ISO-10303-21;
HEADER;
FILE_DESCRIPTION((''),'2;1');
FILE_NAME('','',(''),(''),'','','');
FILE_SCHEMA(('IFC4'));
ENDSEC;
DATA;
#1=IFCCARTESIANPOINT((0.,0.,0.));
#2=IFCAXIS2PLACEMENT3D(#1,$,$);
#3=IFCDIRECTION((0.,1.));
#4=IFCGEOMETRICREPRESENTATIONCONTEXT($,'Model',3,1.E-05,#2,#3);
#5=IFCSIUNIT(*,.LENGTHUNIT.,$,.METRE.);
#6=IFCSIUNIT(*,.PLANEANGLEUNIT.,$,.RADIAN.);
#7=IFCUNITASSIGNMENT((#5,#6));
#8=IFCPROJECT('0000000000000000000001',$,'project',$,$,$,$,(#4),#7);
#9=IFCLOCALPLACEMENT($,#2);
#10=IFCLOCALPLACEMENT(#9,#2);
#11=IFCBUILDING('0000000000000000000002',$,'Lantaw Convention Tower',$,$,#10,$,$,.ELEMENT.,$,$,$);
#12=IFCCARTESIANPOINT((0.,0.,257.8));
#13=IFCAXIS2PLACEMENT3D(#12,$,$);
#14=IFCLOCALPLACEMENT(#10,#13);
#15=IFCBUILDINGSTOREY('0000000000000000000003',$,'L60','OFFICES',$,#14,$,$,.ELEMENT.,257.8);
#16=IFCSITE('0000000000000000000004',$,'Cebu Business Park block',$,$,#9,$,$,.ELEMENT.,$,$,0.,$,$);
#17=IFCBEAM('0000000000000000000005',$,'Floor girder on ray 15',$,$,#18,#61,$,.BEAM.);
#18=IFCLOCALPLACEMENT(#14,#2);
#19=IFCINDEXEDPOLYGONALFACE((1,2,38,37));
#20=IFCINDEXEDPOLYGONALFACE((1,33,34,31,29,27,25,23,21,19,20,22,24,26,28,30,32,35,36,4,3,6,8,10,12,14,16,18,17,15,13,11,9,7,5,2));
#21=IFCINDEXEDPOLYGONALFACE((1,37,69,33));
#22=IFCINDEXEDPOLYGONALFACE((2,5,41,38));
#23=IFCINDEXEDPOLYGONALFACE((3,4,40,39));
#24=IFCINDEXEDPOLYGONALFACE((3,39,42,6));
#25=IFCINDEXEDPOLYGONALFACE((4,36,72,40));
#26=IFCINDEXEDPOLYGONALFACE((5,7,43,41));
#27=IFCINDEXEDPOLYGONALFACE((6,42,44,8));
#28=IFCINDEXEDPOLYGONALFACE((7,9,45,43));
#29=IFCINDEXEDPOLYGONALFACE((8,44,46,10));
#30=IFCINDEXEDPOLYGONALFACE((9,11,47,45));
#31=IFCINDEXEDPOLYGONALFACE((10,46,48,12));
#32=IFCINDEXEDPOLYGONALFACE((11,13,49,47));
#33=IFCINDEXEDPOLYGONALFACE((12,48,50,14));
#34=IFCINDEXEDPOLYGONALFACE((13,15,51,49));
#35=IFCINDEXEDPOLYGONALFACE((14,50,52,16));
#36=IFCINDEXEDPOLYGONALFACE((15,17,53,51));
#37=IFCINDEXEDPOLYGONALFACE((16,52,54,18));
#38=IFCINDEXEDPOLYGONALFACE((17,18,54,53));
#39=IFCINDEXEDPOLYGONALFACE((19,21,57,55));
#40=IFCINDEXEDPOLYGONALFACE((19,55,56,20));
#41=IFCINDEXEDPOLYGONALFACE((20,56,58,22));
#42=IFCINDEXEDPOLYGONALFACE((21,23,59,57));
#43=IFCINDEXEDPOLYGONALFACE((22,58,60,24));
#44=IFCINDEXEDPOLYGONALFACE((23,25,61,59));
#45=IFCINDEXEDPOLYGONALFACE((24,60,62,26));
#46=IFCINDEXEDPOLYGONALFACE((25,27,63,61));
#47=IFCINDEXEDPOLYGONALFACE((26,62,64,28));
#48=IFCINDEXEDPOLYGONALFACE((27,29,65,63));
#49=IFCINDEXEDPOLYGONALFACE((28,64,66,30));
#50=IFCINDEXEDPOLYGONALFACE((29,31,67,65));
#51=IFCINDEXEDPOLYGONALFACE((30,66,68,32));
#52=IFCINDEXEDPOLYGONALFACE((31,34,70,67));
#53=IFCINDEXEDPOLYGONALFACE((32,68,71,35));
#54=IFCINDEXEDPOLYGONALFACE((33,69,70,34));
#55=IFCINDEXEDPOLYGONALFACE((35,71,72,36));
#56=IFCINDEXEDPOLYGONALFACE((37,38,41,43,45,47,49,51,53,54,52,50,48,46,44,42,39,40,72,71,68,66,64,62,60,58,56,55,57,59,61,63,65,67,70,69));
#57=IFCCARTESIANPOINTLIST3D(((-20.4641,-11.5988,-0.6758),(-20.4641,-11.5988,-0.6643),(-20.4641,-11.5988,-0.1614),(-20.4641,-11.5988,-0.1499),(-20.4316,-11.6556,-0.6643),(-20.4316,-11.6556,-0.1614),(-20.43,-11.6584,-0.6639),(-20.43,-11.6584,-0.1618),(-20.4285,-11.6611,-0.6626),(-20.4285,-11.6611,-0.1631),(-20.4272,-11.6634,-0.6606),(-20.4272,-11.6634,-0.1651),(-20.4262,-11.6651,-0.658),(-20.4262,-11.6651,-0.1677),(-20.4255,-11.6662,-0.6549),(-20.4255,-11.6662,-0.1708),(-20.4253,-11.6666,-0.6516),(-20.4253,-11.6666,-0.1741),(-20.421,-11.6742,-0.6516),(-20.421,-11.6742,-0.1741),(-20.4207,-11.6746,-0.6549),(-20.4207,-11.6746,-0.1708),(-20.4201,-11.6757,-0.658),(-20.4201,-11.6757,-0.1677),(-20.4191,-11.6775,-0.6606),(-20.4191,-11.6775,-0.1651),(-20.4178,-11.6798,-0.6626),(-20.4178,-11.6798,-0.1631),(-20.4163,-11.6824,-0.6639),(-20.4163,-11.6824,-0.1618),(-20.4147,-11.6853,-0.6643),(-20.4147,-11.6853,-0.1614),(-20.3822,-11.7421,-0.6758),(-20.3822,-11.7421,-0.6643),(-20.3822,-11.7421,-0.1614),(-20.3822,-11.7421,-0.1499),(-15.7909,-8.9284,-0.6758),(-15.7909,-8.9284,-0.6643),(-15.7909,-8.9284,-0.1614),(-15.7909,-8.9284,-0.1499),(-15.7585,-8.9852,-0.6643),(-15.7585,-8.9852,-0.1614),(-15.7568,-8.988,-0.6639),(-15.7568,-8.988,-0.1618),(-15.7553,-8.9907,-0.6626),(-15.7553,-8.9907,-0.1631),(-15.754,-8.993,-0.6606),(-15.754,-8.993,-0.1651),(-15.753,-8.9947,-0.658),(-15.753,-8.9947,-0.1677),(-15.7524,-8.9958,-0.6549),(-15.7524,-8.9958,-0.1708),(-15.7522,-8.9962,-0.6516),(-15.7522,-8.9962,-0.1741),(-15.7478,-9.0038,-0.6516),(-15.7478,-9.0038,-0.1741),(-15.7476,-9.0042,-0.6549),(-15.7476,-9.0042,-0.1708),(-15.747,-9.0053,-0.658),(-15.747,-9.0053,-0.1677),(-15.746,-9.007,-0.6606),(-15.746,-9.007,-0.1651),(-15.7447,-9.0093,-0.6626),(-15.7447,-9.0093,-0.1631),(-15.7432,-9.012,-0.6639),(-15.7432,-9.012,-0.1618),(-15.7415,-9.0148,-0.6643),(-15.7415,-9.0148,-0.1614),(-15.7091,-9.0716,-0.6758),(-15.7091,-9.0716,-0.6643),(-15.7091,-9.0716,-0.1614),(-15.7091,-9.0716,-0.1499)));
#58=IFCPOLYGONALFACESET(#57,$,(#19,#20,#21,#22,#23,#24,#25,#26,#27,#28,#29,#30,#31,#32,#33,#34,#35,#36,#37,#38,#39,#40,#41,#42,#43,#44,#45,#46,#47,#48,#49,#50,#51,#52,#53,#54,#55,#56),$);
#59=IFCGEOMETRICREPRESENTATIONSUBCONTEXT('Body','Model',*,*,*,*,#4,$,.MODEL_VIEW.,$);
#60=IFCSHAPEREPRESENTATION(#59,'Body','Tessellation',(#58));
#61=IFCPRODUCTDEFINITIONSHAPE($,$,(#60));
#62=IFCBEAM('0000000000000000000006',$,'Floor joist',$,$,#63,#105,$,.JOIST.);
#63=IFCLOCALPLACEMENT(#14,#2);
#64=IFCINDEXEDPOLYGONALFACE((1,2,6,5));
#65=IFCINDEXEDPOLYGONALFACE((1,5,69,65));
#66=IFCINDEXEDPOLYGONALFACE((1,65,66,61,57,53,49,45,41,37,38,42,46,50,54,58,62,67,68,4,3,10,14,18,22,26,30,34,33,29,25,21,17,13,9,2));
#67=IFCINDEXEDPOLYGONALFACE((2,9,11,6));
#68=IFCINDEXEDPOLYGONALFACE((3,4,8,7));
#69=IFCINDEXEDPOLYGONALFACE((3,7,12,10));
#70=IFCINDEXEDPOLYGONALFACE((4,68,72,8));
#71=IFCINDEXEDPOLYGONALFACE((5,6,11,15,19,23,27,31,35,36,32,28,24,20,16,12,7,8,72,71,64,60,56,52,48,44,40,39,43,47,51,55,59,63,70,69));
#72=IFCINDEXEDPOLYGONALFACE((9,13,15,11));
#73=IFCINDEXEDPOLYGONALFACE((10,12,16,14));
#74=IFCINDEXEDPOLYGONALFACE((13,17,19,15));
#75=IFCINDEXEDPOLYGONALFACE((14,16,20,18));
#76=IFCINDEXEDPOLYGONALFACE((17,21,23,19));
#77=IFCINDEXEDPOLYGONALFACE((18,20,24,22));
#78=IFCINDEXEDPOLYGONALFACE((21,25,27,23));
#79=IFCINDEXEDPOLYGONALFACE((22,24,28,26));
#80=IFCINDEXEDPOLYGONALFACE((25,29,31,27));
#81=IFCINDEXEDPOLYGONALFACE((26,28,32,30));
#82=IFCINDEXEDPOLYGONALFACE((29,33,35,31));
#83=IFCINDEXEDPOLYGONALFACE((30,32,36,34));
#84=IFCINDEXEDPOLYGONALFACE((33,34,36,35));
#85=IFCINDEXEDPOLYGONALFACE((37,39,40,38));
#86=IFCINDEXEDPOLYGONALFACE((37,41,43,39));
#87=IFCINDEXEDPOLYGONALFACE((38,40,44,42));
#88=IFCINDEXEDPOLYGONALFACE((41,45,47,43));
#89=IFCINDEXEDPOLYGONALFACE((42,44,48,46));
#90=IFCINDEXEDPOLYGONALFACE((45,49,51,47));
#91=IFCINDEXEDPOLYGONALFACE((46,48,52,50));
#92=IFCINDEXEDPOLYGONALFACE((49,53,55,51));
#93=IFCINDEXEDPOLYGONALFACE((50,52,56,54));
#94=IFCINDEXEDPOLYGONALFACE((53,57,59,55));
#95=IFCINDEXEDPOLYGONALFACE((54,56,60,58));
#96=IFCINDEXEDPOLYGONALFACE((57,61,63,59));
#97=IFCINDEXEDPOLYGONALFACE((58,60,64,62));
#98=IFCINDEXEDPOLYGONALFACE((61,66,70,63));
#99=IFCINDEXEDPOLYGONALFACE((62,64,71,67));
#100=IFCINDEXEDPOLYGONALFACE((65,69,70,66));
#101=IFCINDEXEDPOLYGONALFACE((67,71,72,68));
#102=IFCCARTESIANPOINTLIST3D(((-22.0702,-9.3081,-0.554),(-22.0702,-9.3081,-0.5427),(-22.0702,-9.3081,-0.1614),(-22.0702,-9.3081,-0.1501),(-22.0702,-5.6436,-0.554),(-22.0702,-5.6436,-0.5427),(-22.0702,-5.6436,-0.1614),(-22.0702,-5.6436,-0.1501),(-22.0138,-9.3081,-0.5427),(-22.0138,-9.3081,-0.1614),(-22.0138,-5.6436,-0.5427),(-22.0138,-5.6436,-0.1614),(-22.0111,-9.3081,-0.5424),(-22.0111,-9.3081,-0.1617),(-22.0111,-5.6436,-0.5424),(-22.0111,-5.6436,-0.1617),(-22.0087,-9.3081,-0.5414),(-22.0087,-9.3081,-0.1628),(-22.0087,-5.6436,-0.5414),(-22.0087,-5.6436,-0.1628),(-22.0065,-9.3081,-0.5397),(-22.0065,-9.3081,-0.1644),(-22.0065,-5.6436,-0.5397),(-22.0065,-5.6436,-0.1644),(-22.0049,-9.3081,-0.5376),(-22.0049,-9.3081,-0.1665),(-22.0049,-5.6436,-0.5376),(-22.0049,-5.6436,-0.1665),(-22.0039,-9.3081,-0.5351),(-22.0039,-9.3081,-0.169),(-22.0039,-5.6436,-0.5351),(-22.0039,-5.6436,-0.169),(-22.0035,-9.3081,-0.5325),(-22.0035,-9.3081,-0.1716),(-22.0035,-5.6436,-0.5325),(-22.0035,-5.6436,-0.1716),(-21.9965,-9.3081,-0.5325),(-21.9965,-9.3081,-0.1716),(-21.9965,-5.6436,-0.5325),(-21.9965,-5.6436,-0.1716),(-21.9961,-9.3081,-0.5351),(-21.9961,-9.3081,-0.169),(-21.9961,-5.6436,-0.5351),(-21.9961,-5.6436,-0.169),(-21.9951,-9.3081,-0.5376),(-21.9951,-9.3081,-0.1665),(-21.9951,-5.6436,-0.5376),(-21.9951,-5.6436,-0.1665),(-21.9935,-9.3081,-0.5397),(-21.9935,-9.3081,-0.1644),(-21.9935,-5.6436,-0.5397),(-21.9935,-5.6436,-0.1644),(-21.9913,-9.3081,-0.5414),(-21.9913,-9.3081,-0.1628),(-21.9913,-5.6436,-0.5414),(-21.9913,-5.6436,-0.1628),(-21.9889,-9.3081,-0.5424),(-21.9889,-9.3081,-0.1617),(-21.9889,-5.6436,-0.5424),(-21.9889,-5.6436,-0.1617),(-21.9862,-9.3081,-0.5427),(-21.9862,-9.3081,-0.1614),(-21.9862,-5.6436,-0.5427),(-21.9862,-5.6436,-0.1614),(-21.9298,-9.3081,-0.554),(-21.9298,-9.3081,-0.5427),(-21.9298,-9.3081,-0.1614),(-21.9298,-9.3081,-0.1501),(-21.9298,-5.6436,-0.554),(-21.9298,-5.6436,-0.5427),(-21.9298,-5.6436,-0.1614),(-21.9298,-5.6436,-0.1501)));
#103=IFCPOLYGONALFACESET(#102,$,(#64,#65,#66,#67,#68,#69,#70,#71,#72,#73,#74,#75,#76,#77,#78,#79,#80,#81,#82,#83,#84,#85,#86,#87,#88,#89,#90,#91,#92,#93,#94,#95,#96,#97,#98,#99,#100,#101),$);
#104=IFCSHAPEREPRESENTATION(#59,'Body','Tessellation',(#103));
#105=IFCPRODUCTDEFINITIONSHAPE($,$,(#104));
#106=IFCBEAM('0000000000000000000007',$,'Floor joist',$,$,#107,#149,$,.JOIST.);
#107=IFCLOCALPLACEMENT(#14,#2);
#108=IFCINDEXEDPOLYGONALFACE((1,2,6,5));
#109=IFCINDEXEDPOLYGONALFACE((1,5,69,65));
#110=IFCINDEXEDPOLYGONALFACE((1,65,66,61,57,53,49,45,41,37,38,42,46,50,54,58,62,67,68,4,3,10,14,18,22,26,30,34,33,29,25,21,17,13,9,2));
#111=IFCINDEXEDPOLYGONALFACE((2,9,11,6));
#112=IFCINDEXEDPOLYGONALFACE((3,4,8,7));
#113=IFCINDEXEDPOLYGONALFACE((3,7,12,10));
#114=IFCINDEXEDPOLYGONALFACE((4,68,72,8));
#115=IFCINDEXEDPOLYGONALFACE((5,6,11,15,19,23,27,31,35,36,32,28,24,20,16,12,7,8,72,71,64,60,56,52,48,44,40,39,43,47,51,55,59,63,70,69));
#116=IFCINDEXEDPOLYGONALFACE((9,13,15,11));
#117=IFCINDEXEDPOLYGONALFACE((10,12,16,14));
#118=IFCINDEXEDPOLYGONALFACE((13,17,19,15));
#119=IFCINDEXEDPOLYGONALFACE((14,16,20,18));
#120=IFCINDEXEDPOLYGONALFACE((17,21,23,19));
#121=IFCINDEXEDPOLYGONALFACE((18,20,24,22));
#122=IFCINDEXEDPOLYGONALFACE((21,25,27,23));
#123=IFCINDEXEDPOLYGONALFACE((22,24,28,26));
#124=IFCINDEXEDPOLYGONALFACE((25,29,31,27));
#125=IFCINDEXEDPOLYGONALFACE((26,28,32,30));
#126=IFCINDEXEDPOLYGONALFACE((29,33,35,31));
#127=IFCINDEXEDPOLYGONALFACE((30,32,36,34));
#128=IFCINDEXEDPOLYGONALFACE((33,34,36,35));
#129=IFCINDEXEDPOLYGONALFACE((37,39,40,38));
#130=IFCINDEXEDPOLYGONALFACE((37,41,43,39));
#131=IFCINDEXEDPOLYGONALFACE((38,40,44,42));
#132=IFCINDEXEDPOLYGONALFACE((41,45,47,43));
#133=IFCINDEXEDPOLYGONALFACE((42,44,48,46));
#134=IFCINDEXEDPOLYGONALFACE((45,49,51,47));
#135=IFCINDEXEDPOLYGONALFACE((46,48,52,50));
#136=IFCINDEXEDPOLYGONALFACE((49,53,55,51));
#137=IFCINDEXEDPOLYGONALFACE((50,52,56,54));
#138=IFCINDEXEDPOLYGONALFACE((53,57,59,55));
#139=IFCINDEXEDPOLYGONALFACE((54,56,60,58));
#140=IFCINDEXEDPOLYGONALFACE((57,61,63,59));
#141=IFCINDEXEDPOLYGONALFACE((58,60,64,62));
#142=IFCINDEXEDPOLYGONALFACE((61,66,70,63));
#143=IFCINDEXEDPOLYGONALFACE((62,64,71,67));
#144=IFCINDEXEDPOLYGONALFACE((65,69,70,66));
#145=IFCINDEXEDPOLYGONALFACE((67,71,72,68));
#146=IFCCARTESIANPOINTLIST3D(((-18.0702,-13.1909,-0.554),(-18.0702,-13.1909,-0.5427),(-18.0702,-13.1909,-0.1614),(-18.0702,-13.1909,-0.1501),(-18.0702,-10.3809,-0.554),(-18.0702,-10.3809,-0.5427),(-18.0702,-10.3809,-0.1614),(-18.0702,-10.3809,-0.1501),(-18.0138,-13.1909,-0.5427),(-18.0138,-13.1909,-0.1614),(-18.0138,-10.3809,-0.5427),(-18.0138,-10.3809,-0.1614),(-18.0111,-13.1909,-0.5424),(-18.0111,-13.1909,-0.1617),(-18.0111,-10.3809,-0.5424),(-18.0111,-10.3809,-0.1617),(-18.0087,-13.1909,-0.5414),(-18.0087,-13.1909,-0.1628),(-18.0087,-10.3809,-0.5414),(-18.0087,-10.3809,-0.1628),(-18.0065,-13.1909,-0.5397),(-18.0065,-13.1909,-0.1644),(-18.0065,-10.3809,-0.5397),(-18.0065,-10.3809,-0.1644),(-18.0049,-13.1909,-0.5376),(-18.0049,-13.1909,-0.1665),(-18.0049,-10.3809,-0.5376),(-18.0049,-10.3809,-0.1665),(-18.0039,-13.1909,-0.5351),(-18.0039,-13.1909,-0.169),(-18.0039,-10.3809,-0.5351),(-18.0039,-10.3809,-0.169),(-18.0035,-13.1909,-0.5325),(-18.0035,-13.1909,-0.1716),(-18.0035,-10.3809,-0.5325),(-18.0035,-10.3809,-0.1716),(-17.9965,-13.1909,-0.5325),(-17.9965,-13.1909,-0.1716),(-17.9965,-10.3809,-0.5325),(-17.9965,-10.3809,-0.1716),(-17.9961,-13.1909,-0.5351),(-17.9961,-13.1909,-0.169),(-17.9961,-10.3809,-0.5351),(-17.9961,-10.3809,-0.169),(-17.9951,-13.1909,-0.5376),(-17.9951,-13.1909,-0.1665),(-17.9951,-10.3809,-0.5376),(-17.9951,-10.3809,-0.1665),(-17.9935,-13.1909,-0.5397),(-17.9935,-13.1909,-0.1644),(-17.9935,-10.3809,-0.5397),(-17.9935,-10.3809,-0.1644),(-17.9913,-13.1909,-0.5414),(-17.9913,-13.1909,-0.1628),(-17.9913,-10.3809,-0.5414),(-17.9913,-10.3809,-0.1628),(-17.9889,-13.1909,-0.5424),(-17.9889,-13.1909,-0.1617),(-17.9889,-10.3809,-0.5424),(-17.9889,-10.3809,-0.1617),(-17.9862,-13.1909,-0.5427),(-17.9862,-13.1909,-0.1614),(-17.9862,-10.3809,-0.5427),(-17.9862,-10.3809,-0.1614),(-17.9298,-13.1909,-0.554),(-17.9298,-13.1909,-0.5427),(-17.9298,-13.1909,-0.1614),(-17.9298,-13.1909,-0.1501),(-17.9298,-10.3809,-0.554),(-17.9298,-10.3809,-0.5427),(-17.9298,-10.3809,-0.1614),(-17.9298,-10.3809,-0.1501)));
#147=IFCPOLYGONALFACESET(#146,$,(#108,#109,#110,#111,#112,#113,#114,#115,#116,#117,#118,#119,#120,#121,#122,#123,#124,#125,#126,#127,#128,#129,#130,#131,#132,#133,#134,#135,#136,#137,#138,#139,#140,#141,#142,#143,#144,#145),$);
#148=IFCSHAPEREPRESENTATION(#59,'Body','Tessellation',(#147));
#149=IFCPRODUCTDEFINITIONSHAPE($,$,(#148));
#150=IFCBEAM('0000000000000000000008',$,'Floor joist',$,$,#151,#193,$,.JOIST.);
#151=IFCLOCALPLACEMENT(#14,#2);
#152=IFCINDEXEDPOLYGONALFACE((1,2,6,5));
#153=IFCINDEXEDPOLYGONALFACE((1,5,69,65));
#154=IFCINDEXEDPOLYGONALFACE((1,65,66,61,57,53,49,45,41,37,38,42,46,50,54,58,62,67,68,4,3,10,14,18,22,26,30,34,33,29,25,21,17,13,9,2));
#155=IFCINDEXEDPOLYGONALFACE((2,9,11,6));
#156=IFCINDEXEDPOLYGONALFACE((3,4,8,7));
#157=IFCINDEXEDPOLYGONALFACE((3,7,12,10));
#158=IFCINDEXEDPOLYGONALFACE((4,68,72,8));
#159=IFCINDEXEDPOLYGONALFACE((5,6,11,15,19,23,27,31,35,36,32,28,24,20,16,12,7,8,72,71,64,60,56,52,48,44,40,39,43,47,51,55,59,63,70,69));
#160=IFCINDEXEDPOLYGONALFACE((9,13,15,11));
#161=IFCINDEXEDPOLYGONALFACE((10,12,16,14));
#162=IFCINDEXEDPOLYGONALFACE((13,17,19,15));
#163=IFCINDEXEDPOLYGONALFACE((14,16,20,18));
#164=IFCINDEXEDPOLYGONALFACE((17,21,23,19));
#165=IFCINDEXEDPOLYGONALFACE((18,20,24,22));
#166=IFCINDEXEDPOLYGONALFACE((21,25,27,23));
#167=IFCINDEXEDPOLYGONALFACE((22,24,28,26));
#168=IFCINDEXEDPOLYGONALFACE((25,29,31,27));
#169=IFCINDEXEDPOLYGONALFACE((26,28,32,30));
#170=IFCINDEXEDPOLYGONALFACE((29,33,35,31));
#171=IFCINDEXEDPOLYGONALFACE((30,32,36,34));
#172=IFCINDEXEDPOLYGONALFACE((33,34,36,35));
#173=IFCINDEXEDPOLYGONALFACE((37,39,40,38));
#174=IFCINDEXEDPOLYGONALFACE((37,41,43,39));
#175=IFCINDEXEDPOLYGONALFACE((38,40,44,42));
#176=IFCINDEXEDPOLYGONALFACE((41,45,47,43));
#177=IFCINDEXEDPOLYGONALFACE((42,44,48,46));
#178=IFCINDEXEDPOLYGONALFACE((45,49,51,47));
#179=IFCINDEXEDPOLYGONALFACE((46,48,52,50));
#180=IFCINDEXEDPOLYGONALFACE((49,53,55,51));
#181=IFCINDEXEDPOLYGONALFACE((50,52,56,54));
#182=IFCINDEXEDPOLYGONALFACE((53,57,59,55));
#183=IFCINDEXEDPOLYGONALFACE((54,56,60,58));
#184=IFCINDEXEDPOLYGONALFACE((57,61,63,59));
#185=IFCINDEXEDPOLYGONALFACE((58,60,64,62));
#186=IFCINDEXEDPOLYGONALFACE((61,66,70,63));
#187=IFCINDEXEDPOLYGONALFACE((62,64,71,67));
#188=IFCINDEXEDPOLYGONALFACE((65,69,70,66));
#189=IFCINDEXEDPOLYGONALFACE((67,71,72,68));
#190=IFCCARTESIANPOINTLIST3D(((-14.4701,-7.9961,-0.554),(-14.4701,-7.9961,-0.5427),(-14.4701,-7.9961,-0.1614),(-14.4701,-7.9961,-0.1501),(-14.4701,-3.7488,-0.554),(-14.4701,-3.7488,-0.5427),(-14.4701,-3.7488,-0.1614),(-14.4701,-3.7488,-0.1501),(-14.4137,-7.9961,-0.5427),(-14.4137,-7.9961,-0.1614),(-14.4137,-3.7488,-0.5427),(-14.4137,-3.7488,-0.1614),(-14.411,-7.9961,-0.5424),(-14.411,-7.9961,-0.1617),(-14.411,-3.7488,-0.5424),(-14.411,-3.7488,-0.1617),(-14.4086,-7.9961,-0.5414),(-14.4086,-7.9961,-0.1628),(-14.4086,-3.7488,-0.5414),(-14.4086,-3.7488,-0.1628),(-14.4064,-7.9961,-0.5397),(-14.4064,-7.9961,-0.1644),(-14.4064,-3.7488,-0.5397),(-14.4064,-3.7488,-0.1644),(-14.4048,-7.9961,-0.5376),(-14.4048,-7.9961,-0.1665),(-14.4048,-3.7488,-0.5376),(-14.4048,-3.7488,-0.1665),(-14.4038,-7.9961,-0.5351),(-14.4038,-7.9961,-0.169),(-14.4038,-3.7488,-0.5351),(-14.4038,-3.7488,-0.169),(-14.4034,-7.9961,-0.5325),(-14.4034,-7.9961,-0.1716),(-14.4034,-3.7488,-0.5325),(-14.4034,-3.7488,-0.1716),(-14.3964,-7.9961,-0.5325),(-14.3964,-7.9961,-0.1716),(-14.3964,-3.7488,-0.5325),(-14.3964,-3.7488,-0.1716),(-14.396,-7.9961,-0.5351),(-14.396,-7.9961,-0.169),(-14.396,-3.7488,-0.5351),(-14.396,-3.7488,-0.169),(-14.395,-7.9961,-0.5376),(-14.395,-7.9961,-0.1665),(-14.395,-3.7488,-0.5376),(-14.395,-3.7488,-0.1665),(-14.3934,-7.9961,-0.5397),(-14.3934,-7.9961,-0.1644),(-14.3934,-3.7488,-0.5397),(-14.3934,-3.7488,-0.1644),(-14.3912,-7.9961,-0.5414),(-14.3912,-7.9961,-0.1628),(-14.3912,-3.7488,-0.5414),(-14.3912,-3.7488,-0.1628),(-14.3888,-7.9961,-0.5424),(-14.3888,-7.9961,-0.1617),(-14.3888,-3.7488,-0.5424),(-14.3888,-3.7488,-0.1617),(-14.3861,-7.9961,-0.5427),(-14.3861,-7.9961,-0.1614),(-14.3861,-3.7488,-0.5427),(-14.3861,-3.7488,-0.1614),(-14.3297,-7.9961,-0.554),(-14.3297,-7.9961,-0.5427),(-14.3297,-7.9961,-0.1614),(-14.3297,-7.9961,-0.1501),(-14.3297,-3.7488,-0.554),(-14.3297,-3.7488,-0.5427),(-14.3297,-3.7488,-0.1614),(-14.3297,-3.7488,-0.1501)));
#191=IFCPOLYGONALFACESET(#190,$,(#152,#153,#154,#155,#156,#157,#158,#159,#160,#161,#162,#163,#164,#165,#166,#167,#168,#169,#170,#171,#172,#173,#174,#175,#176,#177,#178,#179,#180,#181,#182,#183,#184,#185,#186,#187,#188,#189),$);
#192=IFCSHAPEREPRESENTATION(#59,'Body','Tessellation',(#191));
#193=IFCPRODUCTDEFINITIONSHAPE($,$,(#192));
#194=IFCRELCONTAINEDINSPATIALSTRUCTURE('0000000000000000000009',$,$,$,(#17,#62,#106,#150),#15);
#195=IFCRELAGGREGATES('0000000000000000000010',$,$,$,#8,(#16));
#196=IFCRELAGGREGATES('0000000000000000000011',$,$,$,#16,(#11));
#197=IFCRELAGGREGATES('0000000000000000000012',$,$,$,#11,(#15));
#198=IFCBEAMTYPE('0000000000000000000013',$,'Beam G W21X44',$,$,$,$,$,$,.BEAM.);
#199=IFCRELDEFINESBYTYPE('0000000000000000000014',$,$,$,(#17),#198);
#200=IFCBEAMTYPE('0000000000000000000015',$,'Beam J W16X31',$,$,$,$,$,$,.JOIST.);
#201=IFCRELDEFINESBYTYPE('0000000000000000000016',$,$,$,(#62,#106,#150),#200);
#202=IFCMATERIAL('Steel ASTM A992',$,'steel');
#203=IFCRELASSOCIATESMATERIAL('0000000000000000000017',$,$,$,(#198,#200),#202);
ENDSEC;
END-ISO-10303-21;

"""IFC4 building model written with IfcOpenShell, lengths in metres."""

from ifc_helpers import new_model, si_unit, direction, frame, origin, origin_2d, place, context, subcontext, project, spatial, i_section, extrude, material, material_profile, profile_set, type_object, element, save


model = new_model("IFC4")

# Units and contexts
model_context = context("Model", 3, precision=1e-05, world=origin(), true_north=direction((0.0, 1.0)))
body_context = subcontext(model_context, "Body", "Model", "MODEL_VIEW")
ifc_project = project(units=[si_unit("LENGTHUNIT", "METRE"), si_unit("PLANEANGLEUNIT", "RADIAN")], contexts=[model_context])

# Site, building, storey
site_placement = place(None, origin())
site = spatial("IfcSite", under=ifc_project, at=site_placement, Name="Cebu Business Park block", CompositionType="ELEMENT", RefElevation=0.0)
building_placement = place(site_placement, origin())
building = spatial("IfcBuilding", under=site, at=building_placement, Name="Lantaw Convention Tower", CompositionType="ELEMENT")
storey_placement = place(building_placement, frame((0.0, 0.0, 257.8)))
storey = spatial("IfcBuildingStorey", under=building, at=storey_placement, Name="L60", Description="OFFICES", CompositionType="ELEMENT", Elevation=257.8)

# Beams
ifc_material_1 = material(Name="Steel ASTM A992", Category="steel")
ifc_material_profile_1 = material_profile(ifc_material_1, i_section(OverallWidth=0.165, OverallDepth=0.5259, WebThickness=0.0088, FlangeThickness=0.0115, FilletRadius=0.0127, at=origin_2d()), Name="W21X44")
ifc_profile_set_1 = profile_set([ifc_material_profile_1], Name="Steel ASTM A992")
beam_type_1 = type_object("IfcBeamType", Name="Beam G W21X44", PredefinedType="BEAM", material=ifc_profile_set_1)
beam_1_placement = place(storey_placement, frame((-15.75, -9.0, -0.4128), z_axis=(-0.868238, -0.496149, 0.0), x_axis=(0.496149, -0.868238, 0.0)))
element("IfcBeam", 1, at=beam_1_placement, inside=storey, type_object=beam_type_1, Name="Floor girder on ray 15", PredefinedType="BEAM", context=body_context, shape_type="SweptSolid", body=[
    extrude(i_section(OverallWidth=0.165, OverallDepth=0.5259, WebThickness=0.0088, FlangeThickness=0.0115, FilletRadius=0.0127, at=origin_2d()), origin(), (0.0, 0.0, 1.0), 5.3823),
])
ifc_material_profile_2 = material_profile(ifc_material_1, i_section(OverallWidth=0.1404, OverallDepth=0.4038, WebThickness=0.0071, FlangeThickness=0.0112, FilletRadius=0.0103, at=origin_2d()), Name="W16X31")
ifc_profile_set_2 = profile_set([ifc_material_profile_2], Name="Steel ASTM A992")
beam_type_2 = type_object("IfcBeamType", Name="Beam J W16X31", PredefinedType="JOIST", material=ifc_profile_set_2)
beam_2_placement = place(storey_placement, frame((-22.0, -9.3081, -0.3521), z_axis=(0.0, 1.0, 0.0), x_axis=(-1.0, 0.0, 0.0)))
element("IfcBeam", 2, at=beam_2_placement, inside=storey, type_object=beam_type_2, Name="Floor joist", PredefinedType="JOIST", context=body_context, shape_type="SweptSolid", body=[
    extrude(i_section(OverallWidth=0.1404, OverallDepth=0.4038, WebThickness=0.0071, FlangeThickness=0.0112, FilletRadius=0.0103, at=origin_2d()), origin(), (0.0, 0.0, 1.0), 3.6646),
])
beam_3_placement = place(storey_placement, frame((-18.0, -13.1909, -0.3521), z_axis=(0.0, 1.0, 0.0), x_axis=(-1.0, 0.0, 0.0)))
element("IfcBeam", 3, at=beam_3_placement, inside=storey, type_object=beam_type_2, Name="Floor joist", PredefinedType="JOIST", context=body_context, shape_type="SweptSolid", body=[
    extrude(i_section(OverallWidth=0.1404, OverallDepth=0.4038, WebThickness=0.0071, FlangeThickness=0.0112, FilletRadius=0.0103, at=origin_2d()), origin(), (0.0, 0.0, 1.0), 2.8101),
])
beam_4_placement = place(storey_placement, frame((-14.3999, -7.9961, -0.3521), z_axis=(0.0, 1.0, 0.0), x_axis=(-1.0, 0.0, 0.0)))
element("IfcBeam", 4, at=beam_4_placement, inside=storey, type_object=beam_type_2, Name="Floor joist", PredefinedType="JOIST", context=body_context, shape_type="SweptSolid", body=[
    extrude(i_section(OverallWidth=0.1404, OverallDepth=0.4038, WebThickness=0.0071, FlangeThickness=0.0112, FilletRadius=0.0103, at=origin_2d()), origin(), (0.0, 0.0, 1.0), 4.2473),
])

save(model, "model.ifc")
